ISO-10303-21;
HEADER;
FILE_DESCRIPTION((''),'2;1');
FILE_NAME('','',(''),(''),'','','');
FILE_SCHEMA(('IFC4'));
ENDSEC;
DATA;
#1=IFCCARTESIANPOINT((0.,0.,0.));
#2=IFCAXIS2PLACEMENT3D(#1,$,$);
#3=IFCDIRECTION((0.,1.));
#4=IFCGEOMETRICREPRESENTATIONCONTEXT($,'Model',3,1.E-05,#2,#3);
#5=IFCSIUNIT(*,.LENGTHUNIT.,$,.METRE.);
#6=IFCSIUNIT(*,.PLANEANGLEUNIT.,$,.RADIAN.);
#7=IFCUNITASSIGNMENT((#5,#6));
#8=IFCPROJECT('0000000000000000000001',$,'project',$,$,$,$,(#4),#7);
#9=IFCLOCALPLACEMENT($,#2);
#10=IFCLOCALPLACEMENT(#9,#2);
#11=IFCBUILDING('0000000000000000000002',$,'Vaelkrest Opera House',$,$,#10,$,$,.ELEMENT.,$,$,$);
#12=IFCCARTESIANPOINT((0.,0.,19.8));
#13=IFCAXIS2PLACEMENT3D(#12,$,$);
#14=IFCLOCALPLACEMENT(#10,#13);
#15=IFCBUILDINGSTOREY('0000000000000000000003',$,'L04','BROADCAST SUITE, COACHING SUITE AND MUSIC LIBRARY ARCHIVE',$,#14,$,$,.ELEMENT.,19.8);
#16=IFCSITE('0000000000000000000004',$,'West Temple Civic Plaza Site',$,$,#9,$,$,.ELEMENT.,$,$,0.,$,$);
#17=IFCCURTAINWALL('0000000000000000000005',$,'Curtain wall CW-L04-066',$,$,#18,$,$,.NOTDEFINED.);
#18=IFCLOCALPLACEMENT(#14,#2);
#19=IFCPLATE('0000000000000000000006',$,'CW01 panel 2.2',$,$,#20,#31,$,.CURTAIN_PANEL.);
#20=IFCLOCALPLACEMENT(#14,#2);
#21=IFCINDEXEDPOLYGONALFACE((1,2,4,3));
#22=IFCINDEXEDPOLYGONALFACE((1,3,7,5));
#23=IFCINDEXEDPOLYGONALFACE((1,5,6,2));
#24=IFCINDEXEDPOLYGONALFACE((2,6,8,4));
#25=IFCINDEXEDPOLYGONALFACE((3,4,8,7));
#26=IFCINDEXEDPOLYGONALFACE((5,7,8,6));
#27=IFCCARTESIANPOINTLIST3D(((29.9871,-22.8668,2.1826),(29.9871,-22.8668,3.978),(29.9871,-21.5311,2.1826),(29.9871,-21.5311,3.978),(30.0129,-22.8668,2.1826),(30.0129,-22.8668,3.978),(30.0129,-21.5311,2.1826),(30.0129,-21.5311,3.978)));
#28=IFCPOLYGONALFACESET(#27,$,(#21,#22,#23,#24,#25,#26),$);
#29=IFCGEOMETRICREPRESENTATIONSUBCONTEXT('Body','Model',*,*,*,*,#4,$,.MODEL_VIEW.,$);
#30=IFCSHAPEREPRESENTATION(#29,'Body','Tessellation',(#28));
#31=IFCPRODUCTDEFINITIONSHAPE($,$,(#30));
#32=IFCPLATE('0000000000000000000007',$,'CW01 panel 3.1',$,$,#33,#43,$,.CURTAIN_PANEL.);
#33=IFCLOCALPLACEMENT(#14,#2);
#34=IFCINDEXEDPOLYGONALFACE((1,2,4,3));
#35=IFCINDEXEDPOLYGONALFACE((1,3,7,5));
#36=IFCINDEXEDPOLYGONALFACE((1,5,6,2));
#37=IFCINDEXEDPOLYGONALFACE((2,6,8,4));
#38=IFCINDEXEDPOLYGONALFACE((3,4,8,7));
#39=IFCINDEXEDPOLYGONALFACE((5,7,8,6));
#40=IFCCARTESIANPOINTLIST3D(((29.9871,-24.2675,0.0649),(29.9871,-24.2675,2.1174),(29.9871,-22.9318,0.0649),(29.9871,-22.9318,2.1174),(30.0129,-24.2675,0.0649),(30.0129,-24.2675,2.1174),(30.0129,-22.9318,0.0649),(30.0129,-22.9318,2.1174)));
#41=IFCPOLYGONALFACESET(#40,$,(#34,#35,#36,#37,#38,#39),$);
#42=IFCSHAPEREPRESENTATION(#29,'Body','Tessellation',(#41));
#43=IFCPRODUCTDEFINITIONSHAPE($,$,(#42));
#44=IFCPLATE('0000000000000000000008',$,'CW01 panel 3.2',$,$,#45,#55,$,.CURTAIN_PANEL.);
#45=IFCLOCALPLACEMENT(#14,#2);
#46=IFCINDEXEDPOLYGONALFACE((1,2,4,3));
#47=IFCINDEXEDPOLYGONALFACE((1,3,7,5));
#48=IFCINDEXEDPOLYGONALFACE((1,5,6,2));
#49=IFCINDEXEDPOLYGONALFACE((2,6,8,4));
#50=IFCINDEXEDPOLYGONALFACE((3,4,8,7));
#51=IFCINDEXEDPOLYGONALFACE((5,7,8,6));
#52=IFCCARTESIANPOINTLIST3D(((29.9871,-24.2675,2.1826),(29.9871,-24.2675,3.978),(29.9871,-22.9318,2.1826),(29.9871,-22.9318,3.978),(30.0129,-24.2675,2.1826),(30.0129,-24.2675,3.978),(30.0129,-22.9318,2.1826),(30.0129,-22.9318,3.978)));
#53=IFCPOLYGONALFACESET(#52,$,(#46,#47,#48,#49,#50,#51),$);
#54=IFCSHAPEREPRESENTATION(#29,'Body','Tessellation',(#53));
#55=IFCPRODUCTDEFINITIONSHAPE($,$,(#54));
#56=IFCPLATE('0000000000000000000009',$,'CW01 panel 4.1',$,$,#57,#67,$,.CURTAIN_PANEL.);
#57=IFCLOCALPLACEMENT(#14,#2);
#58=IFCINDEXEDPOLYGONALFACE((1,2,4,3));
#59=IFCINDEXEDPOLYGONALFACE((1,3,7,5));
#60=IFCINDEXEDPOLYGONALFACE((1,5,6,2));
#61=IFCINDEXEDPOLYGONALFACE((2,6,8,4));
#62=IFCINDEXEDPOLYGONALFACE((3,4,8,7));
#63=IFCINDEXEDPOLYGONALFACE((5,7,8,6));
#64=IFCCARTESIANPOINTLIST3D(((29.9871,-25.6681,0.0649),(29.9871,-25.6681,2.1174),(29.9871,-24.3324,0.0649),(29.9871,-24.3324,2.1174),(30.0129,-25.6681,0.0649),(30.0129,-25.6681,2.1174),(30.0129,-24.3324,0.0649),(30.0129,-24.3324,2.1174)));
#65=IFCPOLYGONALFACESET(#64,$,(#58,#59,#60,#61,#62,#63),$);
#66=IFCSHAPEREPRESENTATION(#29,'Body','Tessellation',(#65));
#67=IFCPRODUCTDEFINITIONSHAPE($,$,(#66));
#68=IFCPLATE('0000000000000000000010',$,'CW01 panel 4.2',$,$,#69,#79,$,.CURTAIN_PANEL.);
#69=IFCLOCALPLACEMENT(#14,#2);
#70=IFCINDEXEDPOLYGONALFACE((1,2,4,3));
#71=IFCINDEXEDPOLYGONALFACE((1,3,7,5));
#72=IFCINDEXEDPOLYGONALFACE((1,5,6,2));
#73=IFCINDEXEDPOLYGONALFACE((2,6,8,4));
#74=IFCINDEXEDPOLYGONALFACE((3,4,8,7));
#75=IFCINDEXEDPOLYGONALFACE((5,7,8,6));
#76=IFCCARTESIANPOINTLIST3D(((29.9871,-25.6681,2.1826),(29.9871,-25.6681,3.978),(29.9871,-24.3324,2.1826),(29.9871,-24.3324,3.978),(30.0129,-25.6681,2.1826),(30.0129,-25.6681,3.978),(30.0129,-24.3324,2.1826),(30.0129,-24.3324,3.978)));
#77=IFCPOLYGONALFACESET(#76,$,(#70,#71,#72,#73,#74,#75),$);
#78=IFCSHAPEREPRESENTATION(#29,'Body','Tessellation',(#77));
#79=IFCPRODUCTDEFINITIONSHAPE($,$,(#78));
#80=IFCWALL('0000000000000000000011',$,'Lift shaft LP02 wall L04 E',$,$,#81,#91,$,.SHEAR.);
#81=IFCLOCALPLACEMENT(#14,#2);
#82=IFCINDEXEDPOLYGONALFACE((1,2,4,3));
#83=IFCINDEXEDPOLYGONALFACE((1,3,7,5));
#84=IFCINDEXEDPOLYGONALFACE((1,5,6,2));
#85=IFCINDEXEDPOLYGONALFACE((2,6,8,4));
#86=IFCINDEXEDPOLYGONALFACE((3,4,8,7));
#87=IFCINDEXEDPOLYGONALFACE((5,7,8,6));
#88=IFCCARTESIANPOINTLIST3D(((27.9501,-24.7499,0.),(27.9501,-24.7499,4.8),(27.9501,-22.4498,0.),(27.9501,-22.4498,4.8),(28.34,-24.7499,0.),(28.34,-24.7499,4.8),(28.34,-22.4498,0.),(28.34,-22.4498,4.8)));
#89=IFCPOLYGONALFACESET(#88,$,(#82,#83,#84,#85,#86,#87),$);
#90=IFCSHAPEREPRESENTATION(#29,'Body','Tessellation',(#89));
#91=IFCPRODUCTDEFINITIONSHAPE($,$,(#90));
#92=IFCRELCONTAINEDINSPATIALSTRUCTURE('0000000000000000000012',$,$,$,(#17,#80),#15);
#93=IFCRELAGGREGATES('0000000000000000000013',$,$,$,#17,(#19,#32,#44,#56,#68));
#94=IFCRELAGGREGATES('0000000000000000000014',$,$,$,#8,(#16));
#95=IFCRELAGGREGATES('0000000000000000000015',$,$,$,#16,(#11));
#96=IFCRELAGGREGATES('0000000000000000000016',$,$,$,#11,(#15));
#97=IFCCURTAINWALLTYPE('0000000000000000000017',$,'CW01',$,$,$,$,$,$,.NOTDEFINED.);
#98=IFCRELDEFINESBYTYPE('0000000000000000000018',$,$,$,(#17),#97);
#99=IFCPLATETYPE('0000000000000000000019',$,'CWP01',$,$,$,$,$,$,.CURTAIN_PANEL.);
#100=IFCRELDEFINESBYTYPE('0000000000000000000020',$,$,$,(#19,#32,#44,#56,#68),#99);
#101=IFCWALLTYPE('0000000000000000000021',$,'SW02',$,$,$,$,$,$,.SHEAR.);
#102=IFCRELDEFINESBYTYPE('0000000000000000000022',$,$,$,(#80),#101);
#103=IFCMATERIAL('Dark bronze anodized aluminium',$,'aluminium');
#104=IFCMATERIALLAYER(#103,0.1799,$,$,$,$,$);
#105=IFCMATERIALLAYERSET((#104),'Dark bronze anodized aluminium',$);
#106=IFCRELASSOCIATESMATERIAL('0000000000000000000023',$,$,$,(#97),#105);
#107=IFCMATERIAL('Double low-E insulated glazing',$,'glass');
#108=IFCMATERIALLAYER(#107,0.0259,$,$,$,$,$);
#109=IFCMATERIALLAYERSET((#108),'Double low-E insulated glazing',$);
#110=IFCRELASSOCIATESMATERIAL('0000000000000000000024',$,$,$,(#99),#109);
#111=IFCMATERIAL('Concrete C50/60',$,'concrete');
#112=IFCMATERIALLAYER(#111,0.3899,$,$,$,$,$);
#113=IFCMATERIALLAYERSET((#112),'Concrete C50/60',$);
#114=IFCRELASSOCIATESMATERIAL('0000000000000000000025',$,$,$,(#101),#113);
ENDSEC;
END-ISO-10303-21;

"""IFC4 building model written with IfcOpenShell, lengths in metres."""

from ifc_helpers import new_model, si_unit, direction, frame, frame_2d, origin, origin_2d, place, context, subcontext, project, spatial, rectangle, extrude, material, layer, layer_set, type_object, element, aggregate, save


model = new_model("IFC4")

# Units and contexts
model_context = context("Model", 3, precision=1e-05, world=origin(), true_north=direction((0.0, 1.0)))
body_context = subcontext(model_context, "Body", "Model", "MODEL_VIEW")
ifc_project = project(units=[si_unit("LENGTHUNIT", "METRE"), si_unit("PLANEANGLEUNIT", "RADIAN")], contexts=[model_context])

# Site, building, storey
site_placement = place(None, origin())
site = spatial("IfcSite", under=ifc_project, at=site_placement, Name="West Temple Civic Plaza Site", CompositionType="ELEMENT", RefElevation=0.0)
building_placement = place(site_placement, origin())
building = spatial("IfcBuilding", under=site, at=building_placement, Name="Vaelkrest Opera House", CompositionType="ELEMENT")
storey_placement = place(building_placement, frame((0.0, 0.0, 19.8)))
storey = spatial("IfcBuildingStorey", under=building, at=storey_placement, Name="L04", Description="BROADCAST SUITE, COACHING SUITE AND MUSIC LIBRARY ARCHIVE", CompositionType="ELEMENT", Elevation=19.8)

# Curtain wall, plates
ifc_material_1 = material(Name="Dark bronze anodized aluminium", Category="aluminium")
ifc_layer_1 = layer(ifc_material_1, 0.1799)
ifc_layer_set_1 = layer_set([ifc_layer_1], Name="Dark bronze anodized aluminium")
curtain_wall_type = type_object("IfcCurtainWallType", Name="CW01", PredefinedType="NOTDEFINED", material=ifc_layer_set_1)
curtain_wall_placement = place(storey_placement, origin())
curtain_wall = element("IfcCurtainWall", 1, at=curtain_wall_placement, inside=storey, type_object=curtain_wall_type, Name="Curtain wall CW-L04-066", PredefinedType="NOTDEFINED")
ifc_material_2 = material(Name="Double low-E insulated glazing", Category="glass")
ifc_layer_2 = layer(ifc_material_2, 0.0259)
ifc_layer_set_2 = layer_set([ifc_layer_2], Name="Double low-E insulated glazing")
plate_type = type_object("IfcPlateType", Name="CWP01", PredefinedType="CURTAIN_PANEL", material=ifc_layer_set_2)
plate_1_placement = place(storey_placement, frame((30.0, -22.199, 2.1826), z_axis=(0.0, 0.0, 1.0), x_axis=(0.0, -1.0, 0.0)))
plate_1 = element("IfcPlate", 2, at=plate_1_placement, type_object=plate_type, Name="CW01 panel 2.2", PredefinedType="CURTAIN_PANEL", context=body_context, shape_type="SweptSolid", body=[
    extrude(rectangle(XDim=1.3357, YDim=0.0259, at=origin_2d()), origin(), (0.0, 0.0, 1.0), 1.7954),
])
plate_2_placement = place(storey_placement, frame((30.0, -23.5996, 0.0649), z_axis=(0.0, 0.0, 1.0), x_axis=(0.0, -1.0, 0.0)))
plate_2 = element("IfcPlate", 3, at=plate_2_placement, type_object=plate_type, Name="CW01 panel 3.1", PredefinedType="CURTAIN_PANEL", context=body_context, shape_type="SweptSolid", body=[
    extrude(rectangle(XDim=1.3357, YDim=0.0259, at=origin_2d()), origin(), (0.0, 0.0, 1.0), 2.0525),
])
plate_3_placement = place(storey_placement, frame((30.0, -23.5996, 2.1826), z_axis=(0.0, 0.0, 1.0), x_axis=(0.0, -1.0, 0.0)))
plate_3 = element("IfcPlate", 4, at=plate_3_placement, type_object=plate_type, Name="CW01 panel 3.2", PredefinedType="CURTAIN_PANEL", context=body_context, shape_type="SweptSolid", body=[
    extrude(rectangle(XDim=1.3357, YDim=0.0259, at=origin_2d()), origin(), (0.0, 0.0, 1.0), 1.7954),
])
plate_4_placement = place(storey_placement, frame((30.0, -25.0002, 0.0649), z_axis=(0.0, 0.0, 1.0), x_axis=(0.0, -1.0, 0.0)))
plate_4 = element("IfcPlate", 5, at=plate_4_placement, type_object=plate_type, Name="CW01 panel 4.1", PredefinedType="CURTAIN_PANEL", context=body_context, shape_type="SweptSolid", body=[
    extrude(rectangle(XDim=1.3357, YDim=0.0259, at=origin_2d()), origin(), (0.0, 0.0, 1.0), 2.0525),
])
plate_5_placement = place(storey_placement, frame((30.0, -25.0002, 2.1826), z_axis=(0.0, 0.0, 1.0), x_axis=(0.0, -1.0, 0.0)))
plate_5 = element("IfcPlate", 6, at=plate_5_placement, type_object=plate_type, Name="CW01 panel 4.2", PredefinedType="CURTAIN_PANEL", context=body_context, shape_type="SweptSolid", body=[
    extrude(rectangle(XDim=1.3357, YDim=0.0259, at=origin_2d()), origin(), (0.0, 0.0, 1.0), 1.7954),
])
aggregate(curtain_wall, [plate_1, plate_2, plate_3, plate_4, plate_5])

# Shared definitions
ifc_material_3 = material(Name="Concrete C50/60", Category="concrete")
ifc_layer_3 = layer(ifc_material_3, 0.3899)
ifc_layer_set_3 = layer_set([ifc_layer_3], Name="Concrete C50/60")
wall_type = type_object("IfcWallType", Name="SW02", PredefinedType="SHEAR", material=ifc_layer_set_3)

# Wall
wall_1_placement = place(storey_placement, frame((28.145, -22.45, 0.0), z_axis=(0.0, 0.0, 1.0), x_axis=(0.0, -1.0, 0.0)))
element("IfcWall", 7, at=wall_1_placement, inside=storey, type_object=wall_type, Name="Lift shaft LP02 wall L04 E", PredefinedType="SHEAR", context=body_context, shape_type="SweptSolid", body=[
    extrude(rectangle(XDim=2.3, YDim=0.3899, at=frame_2d((1.1499, 0.0))), origin(), (0.0, 0.0, 1.0), 4.8),
])

save(model, "model.ifc")
